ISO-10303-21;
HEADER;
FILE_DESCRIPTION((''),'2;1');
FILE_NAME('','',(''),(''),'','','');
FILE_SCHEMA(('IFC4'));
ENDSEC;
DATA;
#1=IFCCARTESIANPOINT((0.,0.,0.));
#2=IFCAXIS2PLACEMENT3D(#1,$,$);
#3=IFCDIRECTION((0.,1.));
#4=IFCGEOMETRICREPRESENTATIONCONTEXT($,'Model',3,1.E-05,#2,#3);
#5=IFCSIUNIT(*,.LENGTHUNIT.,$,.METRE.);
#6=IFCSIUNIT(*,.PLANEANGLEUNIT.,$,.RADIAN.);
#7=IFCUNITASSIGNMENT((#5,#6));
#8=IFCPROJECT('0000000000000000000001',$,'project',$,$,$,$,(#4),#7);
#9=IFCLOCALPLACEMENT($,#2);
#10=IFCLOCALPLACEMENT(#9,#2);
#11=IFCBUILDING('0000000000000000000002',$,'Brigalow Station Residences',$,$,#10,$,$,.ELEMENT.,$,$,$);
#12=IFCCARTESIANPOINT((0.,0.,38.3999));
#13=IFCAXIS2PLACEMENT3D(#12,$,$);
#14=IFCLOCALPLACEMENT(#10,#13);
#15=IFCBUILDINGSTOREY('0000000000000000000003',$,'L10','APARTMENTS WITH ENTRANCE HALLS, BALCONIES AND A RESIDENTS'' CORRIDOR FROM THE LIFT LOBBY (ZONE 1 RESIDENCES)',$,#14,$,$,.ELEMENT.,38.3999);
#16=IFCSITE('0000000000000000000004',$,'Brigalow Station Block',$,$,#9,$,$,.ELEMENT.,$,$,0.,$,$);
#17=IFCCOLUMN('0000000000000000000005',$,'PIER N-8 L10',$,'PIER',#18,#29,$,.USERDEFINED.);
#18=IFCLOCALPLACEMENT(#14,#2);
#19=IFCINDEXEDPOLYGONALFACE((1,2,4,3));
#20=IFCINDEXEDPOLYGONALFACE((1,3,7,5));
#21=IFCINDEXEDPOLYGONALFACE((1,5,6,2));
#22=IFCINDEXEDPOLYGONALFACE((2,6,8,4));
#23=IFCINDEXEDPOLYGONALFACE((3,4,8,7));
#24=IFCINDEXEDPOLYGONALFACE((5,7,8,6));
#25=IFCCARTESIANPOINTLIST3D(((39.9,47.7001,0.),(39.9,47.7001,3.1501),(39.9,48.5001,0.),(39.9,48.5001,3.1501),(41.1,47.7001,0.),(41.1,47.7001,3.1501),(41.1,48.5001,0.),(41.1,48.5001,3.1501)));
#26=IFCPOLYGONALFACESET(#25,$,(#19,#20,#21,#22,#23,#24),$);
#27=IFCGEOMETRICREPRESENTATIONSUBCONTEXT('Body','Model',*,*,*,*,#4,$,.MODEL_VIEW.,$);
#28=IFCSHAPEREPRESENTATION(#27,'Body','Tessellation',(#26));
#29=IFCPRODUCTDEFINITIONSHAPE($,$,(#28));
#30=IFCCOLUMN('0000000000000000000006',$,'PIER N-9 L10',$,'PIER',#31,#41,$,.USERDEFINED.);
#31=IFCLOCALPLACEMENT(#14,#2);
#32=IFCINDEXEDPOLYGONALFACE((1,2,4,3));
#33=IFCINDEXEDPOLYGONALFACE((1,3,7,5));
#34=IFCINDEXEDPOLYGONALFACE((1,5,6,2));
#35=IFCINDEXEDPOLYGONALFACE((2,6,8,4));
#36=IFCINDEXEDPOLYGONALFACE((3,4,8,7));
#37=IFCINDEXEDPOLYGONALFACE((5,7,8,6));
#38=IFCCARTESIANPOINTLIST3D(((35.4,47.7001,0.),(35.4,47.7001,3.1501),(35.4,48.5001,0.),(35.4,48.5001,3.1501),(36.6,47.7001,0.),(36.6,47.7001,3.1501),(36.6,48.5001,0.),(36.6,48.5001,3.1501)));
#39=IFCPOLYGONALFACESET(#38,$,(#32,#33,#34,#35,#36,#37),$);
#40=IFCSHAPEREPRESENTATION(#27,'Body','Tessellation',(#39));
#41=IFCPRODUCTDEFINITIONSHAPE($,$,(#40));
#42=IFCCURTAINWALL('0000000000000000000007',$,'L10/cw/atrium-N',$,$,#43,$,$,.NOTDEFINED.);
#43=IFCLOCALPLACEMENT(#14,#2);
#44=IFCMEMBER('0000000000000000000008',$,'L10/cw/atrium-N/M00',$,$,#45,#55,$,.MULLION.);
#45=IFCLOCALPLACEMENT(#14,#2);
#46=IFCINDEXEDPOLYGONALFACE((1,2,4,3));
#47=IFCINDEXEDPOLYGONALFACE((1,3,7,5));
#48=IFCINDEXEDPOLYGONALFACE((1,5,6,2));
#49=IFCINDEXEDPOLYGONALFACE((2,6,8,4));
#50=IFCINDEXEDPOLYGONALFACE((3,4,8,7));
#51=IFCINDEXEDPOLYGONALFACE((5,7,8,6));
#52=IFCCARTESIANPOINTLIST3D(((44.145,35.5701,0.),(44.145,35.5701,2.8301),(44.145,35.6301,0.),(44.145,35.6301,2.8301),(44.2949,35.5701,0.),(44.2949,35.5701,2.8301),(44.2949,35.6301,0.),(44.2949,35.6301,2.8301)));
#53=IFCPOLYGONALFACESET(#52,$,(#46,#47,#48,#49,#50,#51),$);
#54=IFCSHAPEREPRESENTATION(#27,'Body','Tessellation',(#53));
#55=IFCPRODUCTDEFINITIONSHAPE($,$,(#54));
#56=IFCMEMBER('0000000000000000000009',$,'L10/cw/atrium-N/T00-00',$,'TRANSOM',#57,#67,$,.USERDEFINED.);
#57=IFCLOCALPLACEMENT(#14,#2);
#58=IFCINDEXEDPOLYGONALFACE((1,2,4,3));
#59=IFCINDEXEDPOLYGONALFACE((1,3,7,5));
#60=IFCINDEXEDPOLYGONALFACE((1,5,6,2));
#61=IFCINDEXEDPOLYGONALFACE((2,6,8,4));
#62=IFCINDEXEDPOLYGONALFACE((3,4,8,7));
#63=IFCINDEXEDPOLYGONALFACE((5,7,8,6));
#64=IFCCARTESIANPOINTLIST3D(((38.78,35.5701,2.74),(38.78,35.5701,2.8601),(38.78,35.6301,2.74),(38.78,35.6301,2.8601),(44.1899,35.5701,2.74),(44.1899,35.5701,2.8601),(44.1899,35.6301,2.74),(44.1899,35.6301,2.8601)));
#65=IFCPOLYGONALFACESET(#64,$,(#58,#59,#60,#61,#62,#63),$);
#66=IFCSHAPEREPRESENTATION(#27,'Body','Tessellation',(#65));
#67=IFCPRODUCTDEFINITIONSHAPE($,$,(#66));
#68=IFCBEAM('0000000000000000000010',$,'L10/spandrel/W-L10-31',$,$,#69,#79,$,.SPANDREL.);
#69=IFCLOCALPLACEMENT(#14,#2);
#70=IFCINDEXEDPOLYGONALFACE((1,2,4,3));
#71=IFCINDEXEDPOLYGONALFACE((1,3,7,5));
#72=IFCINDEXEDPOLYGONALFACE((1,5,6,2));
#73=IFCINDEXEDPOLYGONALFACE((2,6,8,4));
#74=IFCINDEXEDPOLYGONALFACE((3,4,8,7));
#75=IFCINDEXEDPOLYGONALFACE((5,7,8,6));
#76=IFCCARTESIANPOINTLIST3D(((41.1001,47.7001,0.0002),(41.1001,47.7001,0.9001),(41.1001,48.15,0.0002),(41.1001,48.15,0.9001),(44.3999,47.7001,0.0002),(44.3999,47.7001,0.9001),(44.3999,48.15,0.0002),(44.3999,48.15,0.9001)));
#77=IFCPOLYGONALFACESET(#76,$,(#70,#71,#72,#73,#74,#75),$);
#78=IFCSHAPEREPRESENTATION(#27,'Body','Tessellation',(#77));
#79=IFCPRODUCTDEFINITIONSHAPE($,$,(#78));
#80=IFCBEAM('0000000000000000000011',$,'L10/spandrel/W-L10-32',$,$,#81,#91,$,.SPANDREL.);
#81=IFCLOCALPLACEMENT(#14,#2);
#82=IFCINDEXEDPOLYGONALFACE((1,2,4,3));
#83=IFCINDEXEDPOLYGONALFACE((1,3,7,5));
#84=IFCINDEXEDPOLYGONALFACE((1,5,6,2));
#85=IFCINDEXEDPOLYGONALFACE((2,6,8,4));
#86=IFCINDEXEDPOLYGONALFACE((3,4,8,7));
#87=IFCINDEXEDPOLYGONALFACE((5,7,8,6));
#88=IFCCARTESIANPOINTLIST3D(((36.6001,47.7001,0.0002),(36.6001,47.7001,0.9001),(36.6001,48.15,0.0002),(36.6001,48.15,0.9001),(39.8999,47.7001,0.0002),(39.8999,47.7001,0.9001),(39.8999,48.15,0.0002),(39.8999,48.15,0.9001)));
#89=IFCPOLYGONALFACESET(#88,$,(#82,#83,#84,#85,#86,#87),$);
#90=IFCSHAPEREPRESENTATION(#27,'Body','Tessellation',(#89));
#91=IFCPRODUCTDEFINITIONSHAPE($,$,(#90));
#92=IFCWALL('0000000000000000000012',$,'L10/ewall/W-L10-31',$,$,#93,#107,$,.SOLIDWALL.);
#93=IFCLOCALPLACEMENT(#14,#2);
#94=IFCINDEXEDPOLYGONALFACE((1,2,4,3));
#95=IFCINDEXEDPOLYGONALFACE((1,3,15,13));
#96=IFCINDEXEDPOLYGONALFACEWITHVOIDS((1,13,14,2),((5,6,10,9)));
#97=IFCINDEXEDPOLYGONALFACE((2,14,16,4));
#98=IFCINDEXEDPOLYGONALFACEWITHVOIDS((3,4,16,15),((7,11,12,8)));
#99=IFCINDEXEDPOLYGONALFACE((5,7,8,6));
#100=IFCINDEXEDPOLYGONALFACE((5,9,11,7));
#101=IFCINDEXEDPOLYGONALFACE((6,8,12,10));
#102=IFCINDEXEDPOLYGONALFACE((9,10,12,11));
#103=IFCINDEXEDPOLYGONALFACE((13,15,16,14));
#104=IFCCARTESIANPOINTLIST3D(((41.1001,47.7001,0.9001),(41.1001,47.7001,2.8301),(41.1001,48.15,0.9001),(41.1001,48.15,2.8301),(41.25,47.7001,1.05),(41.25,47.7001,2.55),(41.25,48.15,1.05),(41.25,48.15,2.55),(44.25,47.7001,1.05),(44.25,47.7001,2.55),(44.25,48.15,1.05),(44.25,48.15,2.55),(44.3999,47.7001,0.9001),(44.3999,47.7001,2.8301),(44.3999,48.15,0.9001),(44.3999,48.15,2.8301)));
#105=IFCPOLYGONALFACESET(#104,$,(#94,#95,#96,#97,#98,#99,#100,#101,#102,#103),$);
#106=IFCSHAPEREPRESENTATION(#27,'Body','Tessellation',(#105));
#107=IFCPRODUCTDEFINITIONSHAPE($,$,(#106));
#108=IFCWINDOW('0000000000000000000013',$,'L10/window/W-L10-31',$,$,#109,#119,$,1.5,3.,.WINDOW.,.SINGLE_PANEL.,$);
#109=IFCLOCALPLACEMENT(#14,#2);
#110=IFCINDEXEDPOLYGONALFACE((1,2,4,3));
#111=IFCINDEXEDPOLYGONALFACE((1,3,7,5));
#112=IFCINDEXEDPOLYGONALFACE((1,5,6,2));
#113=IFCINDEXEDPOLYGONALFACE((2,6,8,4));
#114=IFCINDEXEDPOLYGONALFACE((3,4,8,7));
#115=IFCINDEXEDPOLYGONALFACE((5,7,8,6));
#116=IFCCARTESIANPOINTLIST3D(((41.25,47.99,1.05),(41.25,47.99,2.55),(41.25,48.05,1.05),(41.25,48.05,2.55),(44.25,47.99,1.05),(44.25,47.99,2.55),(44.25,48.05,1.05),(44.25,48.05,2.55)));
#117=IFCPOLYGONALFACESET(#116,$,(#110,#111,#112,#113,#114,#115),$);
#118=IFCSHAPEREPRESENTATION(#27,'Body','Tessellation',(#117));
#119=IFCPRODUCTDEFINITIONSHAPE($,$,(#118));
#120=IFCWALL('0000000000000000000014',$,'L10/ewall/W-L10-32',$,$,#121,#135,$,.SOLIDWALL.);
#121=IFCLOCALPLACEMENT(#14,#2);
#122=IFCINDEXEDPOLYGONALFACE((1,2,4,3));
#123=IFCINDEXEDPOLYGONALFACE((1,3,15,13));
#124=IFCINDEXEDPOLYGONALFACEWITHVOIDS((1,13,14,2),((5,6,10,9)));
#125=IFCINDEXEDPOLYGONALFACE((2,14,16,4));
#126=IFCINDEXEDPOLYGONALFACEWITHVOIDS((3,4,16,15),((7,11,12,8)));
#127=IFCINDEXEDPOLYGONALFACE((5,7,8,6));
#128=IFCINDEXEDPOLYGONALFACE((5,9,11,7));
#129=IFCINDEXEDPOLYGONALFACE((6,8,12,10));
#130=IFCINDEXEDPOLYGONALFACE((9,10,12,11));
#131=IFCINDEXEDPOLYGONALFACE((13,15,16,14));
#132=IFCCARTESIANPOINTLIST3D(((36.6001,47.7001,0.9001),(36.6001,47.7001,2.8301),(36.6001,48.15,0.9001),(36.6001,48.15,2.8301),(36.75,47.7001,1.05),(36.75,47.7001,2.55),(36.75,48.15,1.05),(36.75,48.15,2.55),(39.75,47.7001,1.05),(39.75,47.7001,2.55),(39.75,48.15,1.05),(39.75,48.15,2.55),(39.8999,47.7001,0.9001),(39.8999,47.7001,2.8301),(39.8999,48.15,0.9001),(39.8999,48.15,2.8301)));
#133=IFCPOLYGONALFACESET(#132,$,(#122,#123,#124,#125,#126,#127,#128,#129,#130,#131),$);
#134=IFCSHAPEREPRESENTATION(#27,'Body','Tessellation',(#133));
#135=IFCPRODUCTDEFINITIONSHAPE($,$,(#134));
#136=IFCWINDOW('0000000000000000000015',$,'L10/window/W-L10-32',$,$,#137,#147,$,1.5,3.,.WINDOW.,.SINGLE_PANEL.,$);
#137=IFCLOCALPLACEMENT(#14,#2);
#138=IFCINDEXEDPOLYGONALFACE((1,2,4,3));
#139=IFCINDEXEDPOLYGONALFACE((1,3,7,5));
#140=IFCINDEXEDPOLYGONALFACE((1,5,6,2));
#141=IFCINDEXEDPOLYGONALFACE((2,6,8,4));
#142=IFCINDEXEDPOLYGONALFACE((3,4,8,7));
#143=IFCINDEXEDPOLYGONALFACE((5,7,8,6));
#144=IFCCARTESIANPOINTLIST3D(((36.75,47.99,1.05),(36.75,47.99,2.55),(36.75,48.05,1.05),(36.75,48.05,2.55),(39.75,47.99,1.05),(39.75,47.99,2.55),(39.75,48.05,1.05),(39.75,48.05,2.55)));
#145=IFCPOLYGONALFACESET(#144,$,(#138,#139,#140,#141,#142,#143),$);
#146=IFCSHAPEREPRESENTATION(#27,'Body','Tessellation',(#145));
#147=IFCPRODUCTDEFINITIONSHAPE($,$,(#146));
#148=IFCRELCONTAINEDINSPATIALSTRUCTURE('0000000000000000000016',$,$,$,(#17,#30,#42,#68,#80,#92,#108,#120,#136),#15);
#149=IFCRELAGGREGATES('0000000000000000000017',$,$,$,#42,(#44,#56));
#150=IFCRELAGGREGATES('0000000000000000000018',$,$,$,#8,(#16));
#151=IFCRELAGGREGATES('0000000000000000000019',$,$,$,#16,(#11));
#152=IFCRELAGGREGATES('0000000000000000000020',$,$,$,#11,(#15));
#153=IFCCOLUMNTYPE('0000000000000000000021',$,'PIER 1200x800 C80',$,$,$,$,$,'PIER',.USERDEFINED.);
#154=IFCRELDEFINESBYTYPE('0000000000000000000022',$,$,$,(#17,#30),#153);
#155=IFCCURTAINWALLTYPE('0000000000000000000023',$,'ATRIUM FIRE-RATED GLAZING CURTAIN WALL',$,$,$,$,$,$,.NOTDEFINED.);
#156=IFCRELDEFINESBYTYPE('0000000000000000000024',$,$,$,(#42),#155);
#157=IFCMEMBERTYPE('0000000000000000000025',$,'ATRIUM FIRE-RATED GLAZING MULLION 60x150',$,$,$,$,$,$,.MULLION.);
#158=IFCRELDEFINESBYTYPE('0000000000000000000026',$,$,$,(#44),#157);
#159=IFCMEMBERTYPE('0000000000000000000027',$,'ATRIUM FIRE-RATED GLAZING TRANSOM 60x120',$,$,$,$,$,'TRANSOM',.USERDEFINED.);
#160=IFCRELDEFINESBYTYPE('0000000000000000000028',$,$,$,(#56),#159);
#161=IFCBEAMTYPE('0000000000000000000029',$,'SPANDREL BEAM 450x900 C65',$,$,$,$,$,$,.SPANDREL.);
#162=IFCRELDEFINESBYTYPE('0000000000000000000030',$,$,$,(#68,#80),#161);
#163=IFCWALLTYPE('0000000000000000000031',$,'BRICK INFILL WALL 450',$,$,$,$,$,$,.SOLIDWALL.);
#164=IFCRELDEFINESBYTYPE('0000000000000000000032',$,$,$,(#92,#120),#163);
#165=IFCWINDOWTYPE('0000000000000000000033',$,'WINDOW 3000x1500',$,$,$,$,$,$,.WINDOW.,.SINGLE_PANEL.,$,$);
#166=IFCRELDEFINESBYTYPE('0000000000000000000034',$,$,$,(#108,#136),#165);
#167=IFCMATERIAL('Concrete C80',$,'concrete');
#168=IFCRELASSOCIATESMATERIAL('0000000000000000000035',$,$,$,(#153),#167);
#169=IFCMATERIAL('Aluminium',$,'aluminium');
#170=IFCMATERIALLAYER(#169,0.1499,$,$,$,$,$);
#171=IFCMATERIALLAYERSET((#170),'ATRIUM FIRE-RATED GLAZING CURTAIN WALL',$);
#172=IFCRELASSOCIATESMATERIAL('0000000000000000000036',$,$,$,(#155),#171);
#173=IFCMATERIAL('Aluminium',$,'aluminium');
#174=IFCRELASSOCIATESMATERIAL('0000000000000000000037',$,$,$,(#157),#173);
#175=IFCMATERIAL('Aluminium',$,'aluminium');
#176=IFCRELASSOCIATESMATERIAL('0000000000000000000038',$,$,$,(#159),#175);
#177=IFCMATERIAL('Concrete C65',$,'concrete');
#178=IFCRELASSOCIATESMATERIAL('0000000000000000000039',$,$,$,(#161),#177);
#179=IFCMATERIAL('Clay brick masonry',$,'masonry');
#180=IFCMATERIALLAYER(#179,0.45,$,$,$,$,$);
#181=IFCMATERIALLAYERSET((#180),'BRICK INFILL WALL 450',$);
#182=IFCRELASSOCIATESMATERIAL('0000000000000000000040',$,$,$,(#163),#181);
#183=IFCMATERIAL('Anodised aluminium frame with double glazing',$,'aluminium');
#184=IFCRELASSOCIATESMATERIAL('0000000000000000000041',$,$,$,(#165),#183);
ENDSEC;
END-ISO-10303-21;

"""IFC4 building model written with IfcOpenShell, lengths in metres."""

from ifc_helpers import new_model, si_unit, direction, frame, frame_2d, origin, origin_2d, place, context, subcontext, project, spatial, rectangle, extrude, material, layer, layer_set, material_profile, profile_set, type_object, element, fill, aggregate, save


model = new_model("IFC4")

# Units and contexts
model_context = context("Model", 3, precision=1e-05, world=origin(), true_north=direction((0.0, 1.0)))
body_context = subcontext(model_context, "Body", "Model", "MODEL_VIEW")
ifc_project = project(units=[si_unit("LENGTHUNIT", "METRE"), si_unit("PLANEANGLEUNIT", "RADIAN")], contexts=[model_context])

# Site, building, storey
site_placement = place(None, origin())
site = spatial("IfcSite", under=ifc_project, at=site_placement, Name="Brigalow Station Block", CompositionType="ELEMENT", RefElevation=0.0)
building_placement = place(site_placement, origin())
building = spatial("IfcBuilding", under=site, at=building_placement, Name="Brigalow Station Residences", CompositionType="ELEMENT")
storey_placement = place(building_placement, frame((0.0, 0.0, 38.3999)))
storey = spatial("IfcBuildingStorey", under=building, at=storey_placement, Name="L10", Description="APARTMENTS WITH ENTRANCE HALLS, BALCONIES AND A RESIDENTS' CORRIDOR FROM THE LIFT LOBBY (ZONE 1 RESIDENCES)", CompositionType="ELEMENT", Elevation=38.3999)

# Columns
ifc_material_1 = material(Name="Concrete C80", Category="concrete")
ifc_material_profile_1 = material_profile(ifc_material_1, rectangle(XDim=1.2, YDim=0.8, at=origin_2d()), Name="RC1200x800")
ifc_profile_set_1 = profile_set([ifc_material_profile_1], Name="Concrete C80")
column_type = type_object("IfcColumnType", Name="PIER 1200x800 C80", ElementType="PIER", PredefinedType="USERDEFINED", material=ifc_profile_set_1)
for number, where, z_axis, x_axis, name in (
    (1, (40.5, 48.1001, 0.0), (0.0, 0.0, 1.0), (-1.0, 0.0, 0.0), "PIER N-8 L10"),
    (2, (36.0, 48.1001, 0.0), (0.0, 0.0, 1.0), (-1.0, 0.0, 0.0), "PIER N-9 L10"),
):
    element("IfcColumn", number, at=place(storey_placement, frame(where, z_axis=z_axis, x_axis=x_axis)), inside=storey, type_object=column_type, Name=name, ObjectType="PIER", PredefinedType="USERDEFINED", context=body_context, shape_type="SweptSolid", body=[
        extrude(rectangle(XDim=1.2, YDim=0.8, at=origin_2d()), origin(), (0.0, 0.0, 1.0), 3.1501),
    ])

# Curtain wall, members
ifc_material_2 = material(Name="Aluminium", Category="aluminium")
ifc_layer_1 = layer(ifc_material_2, 0.1499)
ifc_layer_set_1 = layer_set([ifc_layer_1], Name="ATRIUM FIRE-RATED GLAZING CURTAIN WALL")
curtain_wall_type = type_object("IfcCurtainWallType", Name="ATRIUM FIRE-RATED GLAZING CURTAIN WALL", PredefinedType="NOTDEFINED", material=ifc_layer_set_1)
curtain_wall_placement = place(storey_placement, origin())
curtain_wall = element("IfcCurtainWall", 3, at=curtain_wall_placement, inside=storey, type_object=curtain_wall_type, Name="L10/cw/atrium-N", PredefinedType="NOTDEFINED")
ifc_material_3 = material(Name="Aluminium", Category="aluminium")
ifc_material_profile_2 = material_profile(ifc_material_3, rectangle(XDim=0.0601, YDim=0.1499, at=origin_2d()), Name="ATRIUM FIRE-RATED GLAZING MULLION 60x150")
ifc_profile_set_2 = profile_set([ifc_material_profile_2], Name="Aluminium")
member_type_1 = type_object("IfcMemberType", Name="ATRIUM FIRE-RATED GLAZING MULLION 60x150", PredefinedType="MULLION", material=ifc_profile_set_2)
member_1_placement = place(storey_placement, frame((44.22, 35.6001, 0.0), z_axis=(0.0, 0.0, 1.0), x_axis=(0.0, -1.0, 0.0)))
member_1 = element("IfcMember", 4, at=member_1_placement, type_object=member_type_1, Name="L10/cw/atrium-N/M00", PredefinedType="MULLION", context=body_context, shape_type="SweptSolid", body=[
    extrude(rectangle(XDim=0.0601, YDim=0.1499, at=origin_2d()), origin(), (0.0, 0.0, 1.0), 2.8301),
])
ifc_material_4 = material(Name="Aluminium", Category="aluminium")
ifc_material_profile_3 = material_profile(ifc_material_4, rectangle(XDim=0.0601, YDim=0.1201, at=origin_2d()), Name="ATRIUM FIRE-RATED GLAZING TRANSOM 60x120")
ifc_profile_set_3 = profile_set([ifc_material_profile_3], Name="Aluminium")
member_type_2 = type_object("IfcMemberType", Name="ATRIUM FIRE-RATED GLAZING TRANSOM 60x120", ElementType="TRANSOM", PredefinedType="USERDEFINED", material=ifc_profile_set_3)
member_2_placement = place(storey_placement, frame((44.1899, 35.6001, 2.8), z_axis=(-1.0, 0.0, 0.0), x_axis=(0.0, -1.0, 0.0)))
member_2 = element("IfcMember", 5, at=member_2_placement, type_object=member_type_2, Name="L10/cw/atrium-N/T00-00", ObjectType="TRANSOM", PredefinedType="USERDEFINED", context=body_context, shape_type="SweptSolid", body=[
    extrude(rectangle(XDim=0.0601, YDim=0.1201, at=origin_2d()), origin(), (0.0, 0.0, 1.0), 5.4099),
])
aggregate(curtain_wall, [member_1, member_2])

# Beams
ifc_material_5 = material(Name="Concrete C65", Category="concrete")
ifc_material_profile_4 = material_profile(ifc_material_5, rectangle(XDim=0.45, YDim=0.8999, at=origin_2d()), Name="RC450x900")
ifc_profile_set_4 = profile_set([ifc_material_profile_4], Name="Concrete C65")
beam_type = type_object("IfcBeamType", Name="SPANDREL BEAM 450x900 C65", PredefinedType="SPANDREL", material=ifc_profile_set_4)
for number, where, z_axis, x_axis, name in (
    (6, (44.3999, 47.925, 0.4502), (-1.0, 0.0, 0.0), (0.0, -1.0, 0.0), "L10/spandrel/W-L10-31"),
    (7, (39.8999, 47.925, 0.4502), (-1.0, 0.0, 0.0), (0.0, -1.0, 0.0), "L10/spandrel/W-L10-32"),
):
    element("IfcBeam", number, at=place(storey_placement, frame(where, z_axis=z_axis, x_axis=x_axis)), inside=storey, type_object=beam_type, Name=name, PredefinedType="SPANDREL", context=body_context, shape_type="SweptSolid", body=[
        extrude(rectangle(XDim=0.45, YDim=0.8999, at=origin_2d()), origin(), (0.0, 0.0, 1.0), 3.2998),
    ])

# Walls, openings, windows
ifc_material_6 = material(Name="Clay brick masonry", Category="masonry")
ifc_layer_2 = layer(ifc_material_6, 0.45)
ifc_layer_set_2 = layer_set([ifc_layer_2], Name="BRICK INFILL WALL 450")
wall_type_1 = type_object("IfcWallType", Name="BRICK INFILL WALL 450", PredefinedType="SOLIDWALL", material=ifc_layer_set_2)
wall_1_placement = place(storey_placement, frame((44.3999, 47.925, 0.9001), z_axis=(0.0, 0.0, 1.0), x_axis=(-1.0, 0.0, 0.0)))
wall_1 = element("IfcWall", 8, at=wall_1_placement, inside=storey, type_object=wall_type_1, Name="L10/ewall/W-L10-31", PredefinedType="SOLIDWALL", context=body_context, shape_type="SweptSolid", body=[
    extrude(rectangle(XDim=3.2998, YDim=0.45, at=frame_2d((1.6499, 0.0))), origin(), (0.0, 0.0, 1.0), 1.9299),
])
opening_1_placement = place(wall_1_placement, frame((0.1499, 0.0, 0.1499)))
opening_1 = element("IfcOpeningElement", 9, at=opening_1_placement, cuts=wall_1, PredefinedType="OPENING", context=body_context, shape_type="SweptSolid", body=[
    extrude(rectangle(XDim=3.0, YDim=1.5, at=frame_2d((1.5, 0.75))), frame((0.0, 0.2349, 0.0), z_axis=(0.0, -1.0, 0.0), x_axis=(1.0, 0.0, 0.0)), (0.0, 0.0, 1.0), 0.47),
])
ifc_material_7 = material(Name="Anodised aluminium frame with double glazing", Category="aluminium")
window_type = type_object("IfcWindowType", Name="WINDOW 3000x1500", PartitioningType="SINGLE_PANEL", PredefinedType="WINDOW", material=ifc_material_7)
window_1_placement = place(opening_1_placement, origin())
window_1 = element("IfcWindow", 10, at=window_1_placement, inside=storey, type_object=window_type, Name="L10/window/W-L10-31", OverallHeight=1.5, OverallWidth=3.0, PartitioningType="SINGLE_PANEL", PredefinedType="WINDOW", context=body_context, shape_type="SweptSolid", body=[
    extrude(rectangle(XDim=3.0, YDim=1.5, at=frame_2d((1.5, 0.75))), frame((0.0, -0.0649, 0.0), z_axis=(0.0, -1.0, 0.0), x_axis=(1.0, 0.0, 0.0)), (0.0, 0.0, 1.0), 0.0601),
])
fill(opening_1, window_1)
wall_2_placement = place(storey_placement, frame((39.8999, 47.925, 0.9001), z_axis=(0.0, 0.0, 1.0), x_axis=(-1.0, 0.0, 0.0)))
wall_2 = element("IfcWall", 11, at=wall_2_placement, inside=storey, type_object=wall_type_1, Name="L10/ewall/W-L10-32", PredefinedType="SOLIDWALL", context=body_context, shape_type="SweptSolid", body=[
    extrude(rectangle(XDim=3.2998, YDim=0.45, at=frame_2d((1.6499, 0.0))), origin(), (0.0, 0.0, 1.0), 1.9299),
])
opening_2_placement = place(wall_2_placement, frame((0.1499, 0.0, 0.1499)))
opening_2 = element("IfcOpeningElement", 12, at=opening_2_placement, cuts=wall_2, PredefinedType="OPENING", context=body_context, shape_type="SweptSolid", body=[
    extrude(rectangle(XDim=3.0, YDim=1.5, at=frame_2d((1.5, 0.75))), frame((0.0, 0.2349, 0.0), z_axis=(0.0, -1.0, 0.0), x_axis=(1.0, 0.0, 0.0)), (0.0, 0.0, 1.0), 0.47),
])
window_2_placement = place(opening_2_placement, origin())
window_2 = element("IfcWindow", 13, at=window_2_placement, inside=storey, type_object=window_type, Name="L10/window/W-L10-32", OverallHeight=1.5, OverallWidth=3.0, PartitioningType="SINGLE_PANEL", PredefinedType="WINDOW", context=body_context, shape_type="SweptSolid", body=[
    extrude(rectangle(XDim=3.0, YDim=1.5, at=frame_2d((1.5, 0.75))), frame((0.0, -0.0649, 0.0), z_axis=(0.0, -1.0, 0.0), x_axis=(1.0, 0.0, 0.0)), (0.0, 0.0, 1.0), 0.0601),
])
fill(opening_2, window_2)

save(model, "model.ifc")
